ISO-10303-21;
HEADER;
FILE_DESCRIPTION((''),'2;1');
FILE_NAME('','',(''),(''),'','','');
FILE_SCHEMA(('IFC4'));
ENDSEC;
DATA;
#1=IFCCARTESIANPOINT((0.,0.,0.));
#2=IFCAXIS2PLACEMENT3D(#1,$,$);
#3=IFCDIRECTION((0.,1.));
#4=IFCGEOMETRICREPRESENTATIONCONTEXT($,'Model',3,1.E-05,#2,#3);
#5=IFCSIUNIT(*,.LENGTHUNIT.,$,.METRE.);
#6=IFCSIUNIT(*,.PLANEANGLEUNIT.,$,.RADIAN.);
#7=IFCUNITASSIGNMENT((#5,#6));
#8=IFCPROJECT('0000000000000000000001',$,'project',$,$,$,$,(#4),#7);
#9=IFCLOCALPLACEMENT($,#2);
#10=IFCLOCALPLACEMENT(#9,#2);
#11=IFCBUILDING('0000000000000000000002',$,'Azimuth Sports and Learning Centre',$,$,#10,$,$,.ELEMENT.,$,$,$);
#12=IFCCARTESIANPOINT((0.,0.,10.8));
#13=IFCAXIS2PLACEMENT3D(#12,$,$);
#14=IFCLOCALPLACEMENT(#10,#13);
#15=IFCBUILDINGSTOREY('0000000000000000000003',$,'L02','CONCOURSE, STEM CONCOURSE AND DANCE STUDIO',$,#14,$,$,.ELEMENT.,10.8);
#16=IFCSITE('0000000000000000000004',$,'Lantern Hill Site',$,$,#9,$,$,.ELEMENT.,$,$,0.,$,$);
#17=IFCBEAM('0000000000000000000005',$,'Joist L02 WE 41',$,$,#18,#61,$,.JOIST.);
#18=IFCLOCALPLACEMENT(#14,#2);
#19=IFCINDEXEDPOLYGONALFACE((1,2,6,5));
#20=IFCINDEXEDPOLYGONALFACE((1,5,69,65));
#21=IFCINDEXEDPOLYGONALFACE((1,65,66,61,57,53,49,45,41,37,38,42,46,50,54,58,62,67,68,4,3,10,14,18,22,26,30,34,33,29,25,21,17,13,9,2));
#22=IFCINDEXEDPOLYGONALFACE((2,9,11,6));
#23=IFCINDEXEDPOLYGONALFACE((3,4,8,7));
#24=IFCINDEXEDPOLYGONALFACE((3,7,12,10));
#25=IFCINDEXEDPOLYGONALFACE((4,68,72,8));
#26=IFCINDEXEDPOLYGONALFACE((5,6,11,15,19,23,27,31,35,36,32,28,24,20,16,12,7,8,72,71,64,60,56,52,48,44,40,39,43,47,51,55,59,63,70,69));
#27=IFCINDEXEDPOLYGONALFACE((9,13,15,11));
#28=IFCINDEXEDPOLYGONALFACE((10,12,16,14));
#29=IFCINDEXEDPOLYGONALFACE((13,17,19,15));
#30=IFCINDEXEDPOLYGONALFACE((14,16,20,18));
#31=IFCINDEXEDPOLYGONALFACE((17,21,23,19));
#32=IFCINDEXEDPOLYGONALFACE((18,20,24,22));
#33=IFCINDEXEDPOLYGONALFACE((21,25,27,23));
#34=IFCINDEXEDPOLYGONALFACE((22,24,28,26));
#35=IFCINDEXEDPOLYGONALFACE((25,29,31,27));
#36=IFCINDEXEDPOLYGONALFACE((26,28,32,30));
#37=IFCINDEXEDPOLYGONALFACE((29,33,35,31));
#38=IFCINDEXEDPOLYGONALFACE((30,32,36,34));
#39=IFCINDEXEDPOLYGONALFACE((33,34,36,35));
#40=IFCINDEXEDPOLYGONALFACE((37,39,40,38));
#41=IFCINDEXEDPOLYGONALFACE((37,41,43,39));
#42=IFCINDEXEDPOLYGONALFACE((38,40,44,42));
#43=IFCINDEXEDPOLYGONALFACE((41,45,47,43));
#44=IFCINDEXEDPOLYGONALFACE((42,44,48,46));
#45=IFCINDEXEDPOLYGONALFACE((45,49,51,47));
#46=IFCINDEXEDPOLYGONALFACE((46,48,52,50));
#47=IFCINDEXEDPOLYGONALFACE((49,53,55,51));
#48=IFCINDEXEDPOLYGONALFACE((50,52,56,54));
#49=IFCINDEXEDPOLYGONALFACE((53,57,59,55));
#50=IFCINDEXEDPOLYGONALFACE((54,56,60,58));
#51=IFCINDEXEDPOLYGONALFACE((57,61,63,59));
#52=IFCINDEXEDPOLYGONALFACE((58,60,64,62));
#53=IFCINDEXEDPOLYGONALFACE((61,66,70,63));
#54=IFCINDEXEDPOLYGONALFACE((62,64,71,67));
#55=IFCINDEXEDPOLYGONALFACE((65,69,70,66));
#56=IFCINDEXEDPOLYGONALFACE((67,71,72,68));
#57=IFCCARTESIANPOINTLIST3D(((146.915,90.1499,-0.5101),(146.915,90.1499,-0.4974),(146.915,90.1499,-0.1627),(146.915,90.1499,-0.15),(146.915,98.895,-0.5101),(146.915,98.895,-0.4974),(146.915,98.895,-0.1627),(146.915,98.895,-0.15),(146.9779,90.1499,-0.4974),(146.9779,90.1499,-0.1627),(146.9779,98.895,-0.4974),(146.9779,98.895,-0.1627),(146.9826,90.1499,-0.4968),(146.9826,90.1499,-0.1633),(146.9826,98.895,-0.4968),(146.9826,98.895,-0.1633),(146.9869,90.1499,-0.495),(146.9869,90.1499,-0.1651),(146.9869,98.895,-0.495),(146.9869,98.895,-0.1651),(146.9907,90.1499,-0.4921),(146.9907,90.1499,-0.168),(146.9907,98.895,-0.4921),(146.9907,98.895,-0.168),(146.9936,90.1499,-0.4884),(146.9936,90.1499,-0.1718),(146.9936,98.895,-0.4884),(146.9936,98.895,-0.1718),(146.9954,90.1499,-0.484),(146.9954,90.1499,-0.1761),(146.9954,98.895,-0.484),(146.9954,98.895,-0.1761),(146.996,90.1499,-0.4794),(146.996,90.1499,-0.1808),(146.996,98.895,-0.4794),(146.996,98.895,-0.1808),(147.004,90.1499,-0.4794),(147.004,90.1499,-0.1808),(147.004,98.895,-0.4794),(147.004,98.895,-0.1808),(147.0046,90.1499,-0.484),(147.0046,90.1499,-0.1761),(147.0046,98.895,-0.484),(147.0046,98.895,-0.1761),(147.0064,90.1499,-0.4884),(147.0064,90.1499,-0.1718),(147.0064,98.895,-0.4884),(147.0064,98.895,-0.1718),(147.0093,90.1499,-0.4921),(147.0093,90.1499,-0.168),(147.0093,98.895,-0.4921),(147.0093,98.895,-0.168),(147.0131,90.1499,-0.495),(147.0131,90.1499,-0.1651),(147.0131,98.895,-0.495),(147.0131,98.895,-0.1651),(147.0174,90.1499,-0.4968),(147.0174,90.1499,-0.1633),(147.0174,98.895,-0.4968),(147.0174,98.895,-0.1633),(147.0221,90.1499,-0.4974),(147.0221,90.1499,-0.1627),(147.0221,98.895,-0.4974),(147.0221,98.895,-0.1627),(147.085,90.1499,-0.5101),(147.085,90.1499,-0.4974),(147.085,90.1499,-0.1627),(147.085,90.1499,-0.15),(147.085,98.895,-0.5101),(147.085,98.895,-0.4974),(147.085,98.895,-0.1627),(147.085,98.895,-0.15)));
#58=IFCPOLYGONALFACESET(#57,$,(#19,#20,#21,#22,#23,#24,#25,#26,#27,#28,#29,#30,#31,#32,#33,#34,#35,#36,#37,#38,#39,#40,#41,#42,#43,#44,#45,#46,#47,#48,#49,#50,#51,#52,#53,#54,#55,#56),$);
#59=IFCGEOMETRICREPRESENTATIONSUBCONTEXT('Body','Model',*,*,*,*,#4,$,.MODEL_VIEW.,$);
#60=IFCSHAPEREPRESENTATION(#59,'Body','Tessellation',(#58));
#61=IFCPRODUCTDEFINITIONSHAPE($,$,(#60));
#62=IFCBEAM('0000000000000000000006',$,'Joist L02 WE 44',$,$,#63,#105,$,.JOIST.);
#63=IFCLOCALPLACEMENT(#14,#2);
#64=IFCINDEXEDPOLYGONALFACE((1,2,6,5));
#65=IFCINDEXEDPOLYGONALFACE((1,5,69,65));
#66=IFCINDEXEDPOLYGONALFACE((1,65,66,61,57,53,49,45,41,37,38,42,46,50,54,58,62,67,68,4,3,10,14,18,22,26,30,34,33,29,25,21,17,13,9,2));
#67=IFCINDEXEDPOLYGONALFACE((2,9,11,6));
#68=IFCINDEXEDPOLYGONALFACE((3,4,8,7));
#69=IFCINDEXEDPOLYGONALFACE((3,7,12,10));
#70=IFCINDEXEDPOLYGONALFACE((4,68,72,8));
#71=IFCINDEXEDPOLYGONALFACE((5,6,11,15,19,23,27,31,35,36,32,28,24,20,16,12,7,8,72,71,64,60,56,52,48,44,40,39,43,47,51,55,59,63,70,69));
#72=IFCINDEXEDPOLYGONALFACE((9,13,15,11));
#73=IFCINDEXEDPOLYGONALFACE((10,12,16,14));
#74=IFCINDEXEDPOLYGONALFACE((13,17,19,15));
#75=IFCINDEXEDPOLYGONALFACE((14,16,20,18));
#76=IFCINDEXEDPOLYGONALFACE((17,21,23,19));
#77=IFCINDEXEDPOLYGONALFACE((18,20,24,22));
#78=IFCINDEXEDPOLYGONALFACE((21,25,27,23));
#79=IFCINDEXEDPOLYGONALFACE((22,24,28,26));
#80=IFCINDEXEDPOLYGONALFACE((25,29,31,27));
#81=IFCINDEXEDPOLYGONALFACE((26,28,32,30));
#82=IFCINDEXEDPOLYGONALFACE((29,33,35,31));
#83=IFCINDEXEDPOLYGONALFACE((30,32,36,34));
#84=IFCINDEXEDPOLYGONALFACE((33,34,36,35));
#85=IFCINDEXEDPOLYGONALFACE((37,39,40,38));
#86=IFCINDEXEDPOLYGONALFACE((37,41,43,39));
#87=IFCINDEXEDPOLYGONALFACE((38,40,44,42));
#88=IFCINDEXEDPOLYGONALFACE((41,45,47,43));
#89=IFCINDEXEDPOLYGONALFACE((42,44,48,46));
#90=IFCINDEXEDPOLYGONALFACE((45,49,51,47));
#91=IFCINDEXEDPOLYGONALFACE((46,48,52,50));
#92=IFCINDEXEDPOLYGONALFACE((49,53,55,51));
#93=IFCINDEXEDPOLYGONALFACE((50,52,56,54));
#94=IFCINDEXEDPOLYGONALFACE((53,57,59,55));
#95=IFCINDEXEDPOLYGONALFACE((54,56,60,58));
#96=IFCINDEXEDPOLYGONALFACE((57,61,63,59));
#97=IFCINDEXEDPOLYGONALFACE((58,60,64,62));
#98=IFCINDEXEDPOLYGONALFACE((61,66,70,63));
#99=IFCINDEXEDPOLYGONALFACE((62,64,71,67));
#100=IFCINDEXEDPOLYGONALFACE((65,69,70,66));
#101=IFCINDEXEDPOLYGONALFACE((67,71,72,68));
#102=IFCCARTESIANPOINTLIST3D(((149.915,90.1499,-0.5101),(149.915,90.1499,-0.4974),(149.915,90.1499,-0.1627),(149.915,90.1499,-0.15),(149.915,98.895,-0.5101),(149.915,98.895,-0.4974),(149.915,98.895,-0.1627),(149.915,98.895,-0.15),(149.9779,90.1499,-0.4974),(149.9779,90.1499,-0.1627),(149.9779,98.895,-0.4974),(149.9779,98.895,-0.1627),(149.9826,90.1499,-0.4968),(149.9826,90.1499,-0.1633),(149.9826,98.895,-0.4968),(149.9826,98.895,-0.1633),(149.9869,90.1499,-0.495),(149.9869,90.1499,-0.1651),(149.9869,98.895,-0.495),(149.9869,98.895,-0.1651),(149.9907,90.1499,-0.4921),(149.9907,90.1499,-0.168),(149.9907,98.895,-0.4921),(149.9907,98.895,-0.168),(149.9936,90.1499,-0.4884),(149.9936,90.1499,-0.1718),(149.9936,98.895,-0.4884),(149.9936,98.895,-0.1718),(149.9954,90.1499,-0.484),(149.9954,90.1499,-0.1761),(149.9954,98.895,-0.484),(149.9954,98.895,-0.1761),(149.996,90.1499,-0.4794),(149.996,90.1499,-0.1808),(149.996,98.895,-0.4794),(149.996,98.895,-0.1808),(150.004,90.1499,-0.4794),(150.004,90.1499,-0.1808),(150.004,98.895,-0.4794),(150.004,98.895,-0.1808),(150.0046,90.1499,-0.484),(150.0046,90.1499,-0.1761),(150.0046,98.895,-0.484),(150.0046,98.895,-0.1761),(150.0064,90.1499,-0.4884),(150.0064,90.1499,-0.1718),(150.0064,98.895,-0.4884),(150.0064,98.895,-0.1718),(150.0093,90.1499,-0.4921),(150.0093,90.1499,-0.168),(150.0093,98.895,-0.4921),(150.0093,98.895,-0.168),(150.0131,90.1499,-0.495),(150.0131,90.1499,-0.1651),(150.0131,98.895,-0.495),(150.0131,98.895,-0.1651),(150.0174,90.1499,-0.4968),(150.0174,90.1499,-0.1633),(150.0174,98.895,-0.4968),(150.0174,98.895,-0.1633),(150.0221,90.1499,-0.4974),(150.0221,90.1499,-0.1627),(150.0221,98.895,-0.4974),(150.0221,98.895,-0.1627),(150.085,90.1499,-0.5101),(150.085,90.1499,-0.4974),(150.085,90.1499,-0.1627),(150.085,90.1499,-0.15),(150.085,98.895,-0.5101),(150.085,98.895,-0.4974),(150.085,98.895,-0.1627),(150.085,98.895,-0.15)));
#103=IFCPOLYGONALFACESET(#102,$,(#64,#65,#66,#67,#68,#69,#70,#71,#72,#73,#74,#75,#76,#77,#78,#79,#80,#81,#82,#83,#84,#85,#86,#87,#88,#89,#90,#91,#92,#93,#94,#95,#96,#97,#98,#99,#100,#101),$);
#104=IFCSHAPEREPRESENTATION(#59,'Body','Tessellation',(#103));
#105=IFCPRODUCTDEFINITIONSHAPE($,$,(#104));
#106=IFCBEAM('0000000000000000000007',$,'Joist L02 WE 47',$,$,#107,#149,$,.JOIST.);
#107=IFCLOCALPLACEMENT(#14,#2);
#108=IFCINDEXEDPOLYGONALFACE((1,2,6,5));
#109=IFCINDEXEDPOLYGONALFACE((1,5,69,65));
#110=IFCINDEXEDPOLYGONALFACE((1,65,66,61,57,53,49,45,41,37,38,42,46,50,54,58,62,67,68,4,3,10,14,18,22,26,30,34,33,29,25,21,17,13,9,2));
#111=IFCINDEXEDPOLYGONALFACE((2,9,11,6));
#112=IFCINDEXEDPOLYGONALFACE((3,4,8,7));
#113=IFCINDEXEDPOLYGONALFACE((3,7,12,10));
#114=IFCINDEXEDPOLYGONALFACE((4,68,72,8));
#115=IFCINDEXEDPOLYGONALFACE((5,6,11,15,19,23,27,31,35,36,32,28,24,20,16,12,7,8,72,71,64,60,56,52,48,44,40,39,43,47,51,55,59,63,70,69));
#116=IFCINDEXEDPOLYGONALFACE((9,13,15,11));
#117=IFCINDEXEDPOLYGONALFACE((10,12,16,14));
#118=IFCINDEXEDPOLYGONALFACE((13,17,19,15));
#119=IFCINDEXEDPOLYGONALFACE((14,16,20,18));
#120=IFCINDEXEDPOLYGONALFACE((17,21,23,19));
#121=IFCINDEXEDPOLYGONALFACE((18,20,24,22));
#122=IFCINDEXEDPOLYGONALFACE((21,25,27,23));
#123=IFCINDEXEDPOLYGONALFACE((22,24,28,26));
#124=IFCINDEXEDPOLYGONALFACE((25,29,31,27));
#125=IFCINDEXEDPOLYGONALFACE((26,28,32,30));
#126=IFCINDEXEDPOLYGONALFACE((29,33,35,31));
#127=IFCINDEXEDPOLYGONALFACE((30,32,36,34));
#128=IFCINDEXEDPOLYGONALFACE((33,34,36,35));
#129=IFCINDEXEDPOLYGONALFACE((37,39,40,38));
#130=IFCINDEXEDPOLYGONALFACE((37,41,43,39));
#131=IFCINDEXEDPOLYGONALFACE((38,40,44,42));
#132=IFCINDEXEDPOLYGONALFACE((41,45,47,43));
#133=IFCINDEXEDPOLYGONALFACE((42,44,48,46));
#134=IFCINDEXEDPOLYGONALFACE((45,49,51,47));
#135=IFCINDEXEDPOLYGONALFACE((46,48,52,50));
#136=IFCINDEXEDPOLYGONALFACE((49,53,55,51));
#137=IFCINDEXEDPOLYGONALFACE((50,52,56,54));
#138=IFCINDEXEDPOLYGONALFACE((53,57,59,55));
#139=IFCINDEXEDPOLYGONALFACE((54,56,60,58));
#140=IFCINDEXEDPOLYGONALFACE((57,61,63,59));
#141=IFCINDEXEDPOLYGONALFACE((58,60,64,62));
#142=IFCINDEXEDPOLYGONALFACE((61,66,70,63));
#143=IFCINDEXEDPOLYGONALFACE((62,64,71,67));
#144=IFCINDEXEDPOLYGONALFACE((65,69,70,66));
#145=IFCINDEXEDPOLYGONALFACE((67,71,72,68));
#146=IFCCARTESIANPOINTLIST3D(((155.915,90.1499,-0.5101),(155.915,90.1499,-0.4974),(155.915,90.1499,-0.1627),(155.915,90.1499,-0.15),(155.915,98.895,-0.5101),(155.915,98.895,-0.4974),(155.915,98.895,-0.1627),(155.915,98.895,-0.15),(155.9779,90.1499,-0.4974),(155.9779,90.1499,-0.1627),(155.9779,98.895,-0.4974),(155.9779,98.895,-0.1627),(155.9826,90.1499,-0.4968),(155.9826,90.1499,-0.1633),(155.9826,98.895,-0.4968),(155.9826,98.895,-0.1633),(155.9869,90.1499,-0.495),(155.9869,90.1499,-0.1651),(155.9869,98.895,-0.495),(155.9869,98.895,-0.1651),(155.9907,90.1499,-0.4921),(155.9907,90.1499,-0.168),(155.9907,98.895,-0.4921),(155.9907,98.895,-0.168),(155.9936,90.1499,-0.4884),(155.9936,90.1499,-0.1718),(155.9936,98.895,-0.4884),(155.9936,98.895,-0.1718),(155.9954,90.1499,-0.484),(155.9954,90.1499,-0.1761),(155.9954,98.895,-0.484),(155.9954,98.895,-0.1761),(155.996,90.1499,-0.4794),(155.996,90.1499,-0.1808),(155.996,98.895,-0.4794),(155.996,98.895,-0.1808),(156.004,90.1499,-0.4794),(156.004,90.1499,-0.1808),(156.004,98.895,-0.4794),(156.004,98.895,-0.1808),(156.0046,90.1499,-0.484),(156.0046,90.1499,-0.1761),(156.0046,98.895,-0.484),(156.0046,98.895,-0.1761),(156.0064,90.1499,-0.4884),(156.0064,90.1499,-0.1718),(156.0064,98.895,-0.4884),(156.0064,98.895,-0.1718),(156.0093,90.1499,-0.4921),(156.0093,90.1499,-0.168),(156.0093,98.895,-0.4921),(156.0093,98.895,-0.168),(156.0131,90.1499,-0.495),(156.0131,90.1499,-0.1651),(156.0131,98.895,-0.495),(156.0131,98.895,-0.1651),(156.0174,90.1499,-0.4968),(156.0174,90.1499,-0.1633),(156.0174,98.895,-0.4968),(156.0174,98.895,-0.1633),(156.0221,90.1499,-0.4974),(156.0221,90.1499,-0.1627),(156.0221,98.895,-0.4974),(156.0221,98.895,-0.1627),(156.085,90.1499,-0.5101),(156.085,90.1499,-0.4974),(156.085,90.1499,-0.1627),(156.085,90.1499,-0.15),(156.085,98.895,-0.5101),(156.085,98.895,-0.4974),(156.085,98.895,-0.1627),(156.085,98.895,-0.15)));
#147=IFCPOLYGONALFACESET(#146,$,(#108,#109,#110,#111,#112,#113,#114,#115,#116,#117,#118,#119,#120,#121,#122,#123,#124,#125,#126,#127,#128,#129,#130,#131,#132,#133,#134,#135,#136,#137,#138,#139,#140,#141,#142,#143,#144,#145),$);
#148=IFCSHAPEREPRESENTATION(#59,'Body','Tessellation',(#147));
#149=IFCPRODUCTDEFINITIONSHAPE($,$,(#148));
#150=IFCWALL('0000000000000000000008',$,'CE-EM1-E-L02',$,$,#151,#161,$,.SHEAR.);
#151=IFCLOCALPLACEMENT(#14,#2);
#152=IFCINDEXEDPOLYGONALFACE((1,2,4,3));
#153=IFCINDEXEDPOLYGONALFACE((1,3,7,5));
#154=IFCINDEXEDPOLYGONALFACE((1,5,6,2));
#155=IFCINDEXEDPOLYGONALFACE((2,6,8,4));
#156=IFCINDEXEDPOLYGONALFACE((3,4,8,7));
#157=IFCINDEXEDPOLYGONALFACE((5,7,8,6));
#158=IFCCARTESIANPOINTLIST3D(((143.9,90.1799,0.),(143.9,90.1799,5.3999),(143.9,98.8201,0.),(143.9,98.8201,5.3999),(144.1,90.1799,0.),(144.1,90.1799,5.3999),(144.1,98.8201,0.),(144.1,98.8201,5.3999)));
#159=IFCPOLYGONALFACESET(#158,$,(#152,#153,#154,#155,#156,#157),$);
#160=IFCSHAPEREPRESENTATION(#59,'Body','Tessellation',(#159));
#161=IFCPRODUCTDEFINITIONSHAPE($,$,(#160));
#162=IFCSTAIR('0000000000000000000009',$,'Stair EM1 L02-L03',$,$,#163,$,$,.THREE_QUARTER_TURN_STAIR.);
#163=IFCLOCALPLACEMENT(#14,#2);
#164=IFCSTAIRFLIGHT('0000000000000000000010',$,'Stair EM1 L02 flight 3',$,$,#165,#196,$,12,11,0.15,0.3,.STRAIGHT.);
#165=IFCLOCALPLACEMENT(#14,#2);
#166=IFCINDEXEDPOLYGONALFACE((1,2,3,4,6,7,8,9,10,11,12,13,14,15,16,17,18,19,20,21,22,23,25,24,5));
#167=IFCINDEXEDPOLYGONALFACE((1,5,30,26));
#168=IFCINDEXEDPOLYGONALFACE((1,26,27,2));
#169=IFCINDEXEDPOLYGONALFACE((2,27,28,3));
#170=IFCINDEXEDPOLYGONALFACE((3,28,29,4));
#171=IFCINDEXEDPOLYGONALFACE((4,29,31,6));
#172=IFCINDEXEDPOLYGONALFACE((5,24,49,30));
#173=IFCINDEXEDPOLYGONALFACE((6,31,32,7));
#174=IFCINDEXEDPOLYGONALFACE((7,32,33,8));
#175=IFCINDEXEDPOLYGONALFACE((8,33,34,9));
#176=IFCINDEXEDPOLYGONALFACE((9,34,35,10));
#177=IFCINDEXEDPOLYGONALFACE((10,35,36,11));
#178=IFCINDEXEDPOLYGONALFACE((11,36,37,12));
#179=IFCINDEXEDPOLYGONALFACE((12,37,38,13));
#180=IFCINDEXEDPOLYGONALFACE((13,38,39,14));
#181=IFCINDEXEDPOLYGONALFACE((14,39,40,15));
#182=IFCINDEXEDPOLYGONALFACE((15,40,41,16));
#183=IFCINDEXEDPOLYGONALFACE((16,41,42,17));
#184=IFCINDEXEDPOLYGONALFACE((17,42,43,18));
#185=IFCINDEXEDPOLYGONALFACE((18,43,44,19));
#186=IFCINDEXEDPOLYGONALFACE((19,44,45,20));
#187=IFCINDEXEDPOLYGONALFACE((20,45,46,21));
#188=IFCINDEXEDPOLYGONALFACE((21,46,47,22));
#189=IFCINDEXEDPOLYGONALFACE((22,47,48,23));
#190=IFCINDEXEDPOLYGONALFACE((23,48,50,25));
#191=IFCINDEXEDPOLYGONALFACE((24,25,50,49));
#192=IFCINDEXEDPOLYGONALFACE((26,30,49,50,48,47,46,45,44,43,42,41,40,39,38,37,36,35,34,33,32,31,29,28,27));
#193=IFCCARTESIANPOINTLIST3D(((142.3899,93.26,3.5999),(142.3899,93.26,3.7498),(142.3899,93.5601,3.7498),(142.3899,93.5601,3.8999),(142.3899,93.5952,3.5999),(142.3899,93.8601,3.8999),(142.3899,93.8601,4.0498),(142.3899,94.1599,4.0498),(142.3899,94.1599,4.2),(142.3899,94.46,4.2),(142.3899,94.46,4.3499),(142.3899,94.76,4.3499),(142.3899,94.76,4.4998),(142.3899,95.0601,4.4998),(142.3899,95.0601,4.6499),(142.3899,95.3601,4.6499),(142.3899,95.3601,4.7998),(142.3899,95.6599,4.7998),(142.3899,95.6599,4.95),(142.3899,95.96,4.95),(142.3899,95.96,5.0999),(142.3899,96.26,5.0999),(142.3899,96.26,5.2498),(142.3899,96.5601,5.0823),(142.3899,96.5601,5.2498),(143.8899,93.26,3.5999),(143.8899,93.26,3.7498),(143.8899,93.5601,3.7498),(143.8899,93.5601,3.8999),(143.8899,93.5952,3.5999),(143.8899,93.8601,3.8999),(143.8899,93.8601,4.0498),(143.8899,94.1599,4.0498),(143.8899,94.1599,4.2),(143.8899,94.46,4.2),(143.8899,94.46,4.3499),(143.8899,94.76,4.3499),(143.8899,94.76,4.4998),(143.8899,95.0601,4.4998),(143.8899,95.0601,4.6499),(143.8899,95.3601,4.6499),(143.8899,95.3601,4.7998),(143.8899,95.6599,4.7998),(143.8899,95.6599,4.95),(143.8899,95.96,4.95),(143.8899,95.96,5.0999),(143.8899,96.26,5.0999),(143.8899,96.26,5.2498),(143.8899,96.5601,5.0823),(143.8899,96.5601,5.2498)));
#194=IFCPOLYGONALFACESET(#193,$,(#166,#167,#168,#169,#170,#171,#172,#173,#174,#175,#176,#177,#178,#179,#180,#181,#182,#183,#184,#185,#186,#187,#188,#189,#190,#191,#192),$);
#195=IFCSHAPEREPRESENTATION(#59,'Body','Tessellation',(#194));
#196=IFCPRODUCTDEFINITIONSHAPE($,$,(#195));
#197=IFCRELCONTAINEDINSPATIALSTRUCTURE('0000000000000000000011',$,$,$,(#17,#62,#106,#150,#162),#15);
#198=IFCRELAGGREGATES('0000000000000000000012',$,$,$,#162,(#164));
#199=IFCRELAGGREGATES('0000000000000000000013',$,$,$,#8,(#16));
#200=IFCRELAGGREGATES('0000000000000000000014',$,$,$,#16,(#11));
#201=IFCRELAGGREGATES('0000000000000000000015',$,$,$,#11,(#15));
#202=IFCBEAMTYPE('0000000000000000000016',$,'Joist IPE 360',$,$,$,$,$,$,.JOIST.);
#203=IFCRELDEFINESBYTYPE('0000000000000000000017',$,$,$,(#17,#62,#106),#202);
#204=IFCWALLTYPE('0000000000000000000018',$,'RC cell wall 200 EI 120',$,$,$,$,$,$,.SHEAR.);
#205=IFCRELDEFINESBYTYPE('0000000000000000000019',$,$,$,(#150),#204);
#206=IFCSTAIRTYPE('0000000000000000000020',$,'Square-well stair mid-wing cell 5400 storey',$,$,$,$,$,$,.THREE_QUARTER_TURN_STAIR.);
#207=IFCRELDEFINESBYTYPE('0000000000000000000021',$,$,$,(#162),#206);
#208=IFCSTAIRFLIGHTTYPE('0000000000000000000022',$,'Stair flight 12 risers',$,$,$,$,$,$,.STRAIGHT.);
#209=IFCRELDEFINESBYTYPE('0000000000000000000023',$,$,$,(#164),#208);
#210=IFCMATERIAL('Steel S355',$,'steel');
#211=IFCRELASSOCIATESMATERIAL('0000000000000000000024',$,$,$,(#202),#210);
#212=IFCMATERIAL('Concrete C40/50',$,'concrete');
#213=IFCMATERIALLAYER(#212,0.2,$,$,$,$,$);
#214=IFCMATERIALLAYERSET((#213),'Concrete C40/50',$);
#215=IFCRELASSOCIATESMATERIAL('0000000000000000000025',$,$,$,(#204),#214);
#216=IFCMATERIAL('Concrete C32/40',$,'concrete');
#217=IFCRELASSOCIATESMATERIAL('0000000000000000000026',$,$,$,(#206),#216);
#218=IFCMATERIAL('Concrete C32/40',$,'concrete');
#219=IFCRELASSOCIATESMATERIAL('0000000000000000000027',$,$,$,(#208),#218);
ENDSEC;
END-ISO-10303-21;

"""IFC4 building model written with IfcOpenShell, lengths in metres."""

from ifc_helpers import new_model, si_unit, direction, frame, frame_2d, origin, origin_2d, place, context, subcontext, project, spatial, polyline, rectangle, i_section, outline, extrude, material, layer, layer_set, material_profile, profile_set, type_object, element, aggregate, save


model = new_model("IFC4")

# Units and contexts
model_context = context("Model", 3, precision=1e-05, world=origin(), true_north=direction((0.0, 1.0)))
body_context = subcontext(model_context, "Body", "Model", "MODEL_VIEW")
ifc_project = project(units=[si_unit("LENGTHUNIT", "METRE"), si_unit("PLANEANGLEUNIT", "RADIAN")], contexts=[model_context])

# Site, building, storey
site_placement = place(None, origin())
site = spatial("IfcSite", under=ifc_project, at=site_placement, Name="Lantern Hill Site", CompositionType="ELEMENT", RefElevation=0.0)
building_placement = place(site_placement, origin())
building = spatial("IfcBuilding", under=site, at=building_placement, Name="Azimuth Sports and Learning Centre", CompositionType="ELEMENT")
storey_placement = place(building_placement, frame((0.0, 0.0, 10.8)))
storey = spatial("IfcBuildingStorey", under=building, at=storey_placement, Name="L02", Description="CONCOURSE, STEM CONCOURSE AND DANCE STUDIO", CompositionType="ELEMENT", Elevation=10.8)

# Beams
ifc_material_1 = material(Name="Steel S355", Category="steel")
ifc_material_profile_1 = material_profile(ifc_material_1, i_section(OverallWidth=0.1699, OverallDepth=0.3601, WebThickness=0.0081, FlangeThickness=0.0127, FilletRadius=0.0181, at=origin_2d()), Name="IPE 360")
ifc_profile_set_1 = profile_set([ifc_material_profile_1], Name="Steel S355")
beam_type_1 = type_object("IfcBeamType", Name="Joist IPE 360", PredefinedType="JOIST", material=ifc_profile_set_1)
for number, where, z_axis, x_axis, name in (
    (1, (147.0, 90.1499, -0.3301), (0.0, 1.0, 0.0), (-1.0, 0.0, 0.0), "Joist L02 WE 41"),
    (2, (150.0, 90.1499, -0.3301), (0.0, 1.0, 0.0), (-1.0, 0.0, 0.0), "Joist L02 WE 44"),
    (3, (156.0, 90.1499, -0.3301), (0.0, 1.0, 0.0), (-1.0, 0.0, 0.0), "Joist L02 WE 47"),
):
    element("IfcBeam", number, at=place(storey_placement, frame(where, z_axis=z_axis, x_axis=x_axis)), inside=storey, type_object=beam_type_1, Name=name, PredefinedType="JOIST", context=body_context, shape_type="SweptSolid", body=[
        extrude(i_section(OverallWidth=0.1699, OverallDepth=0.3601, WebThickness=0.0081, FlangeThickness=0.0127, FilletRadius=0.0181, at=origin_2d()), origin(), (0.0, 0.0, 1.0), 8.7451),
    ])

# Wall
ifc_material_2 = material(Name="Concrete C40/50", Category="concrete")
ifc_layer = layer(ifc_material_2, 0.2)
ifc_layer_set = layer_set([ifc_layer], Name="Concrete C40/50")
wall_type = type_object("IfcWallType", Name="RC cell wall 200 EI 120", PredefinedType="SHEAR", material=ifc_layer_set)
wall_placement = place(storey_placement, frame((144.0, 90.1799, 0.0), z_axis=(0.0, 0.0, 1.0), x_axis=(0.0, 1.0, 0.0)))
element("IfcWall", 4, at=wall_placement, inside=storey, type_object=wall_type, Name="CE-EM1-E-L02", PredefinedType="SHEAR", context=body_context, shape_type="SweptSolid", body=[
    extrude(rectangle(XDim=8.6401, YDim=0.2, at=frame_2d((4.3201, 0.0))), origin(), (0.0, 0.0, 1.0), 5.3999),
])

# Stair, stair flight
ifc_material_3 = material(Name="Concrete C32/40", Category="concrete")
stair_type = type_object("IfcStairType", Name="Square-well stair mid-wing cell 5400 storey", PredefinedType="THREE_QUARTER_TURN_STAIR", material=ifc_material_3)
stair_placement = place(storey_placement, origin())
stair = element("IfcStair", 5, at=stair_placement, inside=storey, type_object=stair_type, Name="Stair EM1 L02-L03", PredefinedType="THREE_QUARTER_TURN_STAIR")
ifc_material_4 = material(Name="Concrete C32/40", Category="concrete")
stair_flight_type = type_object("IfcStairFlightType", Name="Stair flight 12 risers", PredefinedType="STRAIGHT", material=ifc_material_4)
stair_flight_placement = place(storey_placement, frame((143.1399, 93.26, 3.5999), z_axis=(0.0, 0.0, 1.0), x_axis=(0.0, 1.0, 0.0)))
stair_flight = element("IfcStairFlight", 6, at=stair_flight_placement, type_object=stair_flight_type, Name="Stair EM1 L02 flight 3", NumberOfRisers=12, NumberOfTreads=11, PredefinedType="STRAIGHT", RiserHeight=0.15, TreadLength=0.3, context=body_context, shape_type="SweptSolid", body=[
    extrude(outline(polyline([(0.0, 0.0), (0.0, 0.1499), (0.3, 0.1499), (0.3, 0.3), (0.6001, 0.3), (0.6001, 0.45), (0.8999, 0.45), (0.8999, 0.6001), (1.2, 0.6001), (1.2, 0.75), (1.5, 0.75), (1.5, 0.8999), (1.8, 0.8999), (1.8, 1.05), (2.1001, 1.05), (2.1001, 1.2), (2.3999, 1.2), (2.3999, 1.3501), (2.7, 1.3501), (2.7, 1.5), (3.0, 1.5), (3.0, 1.6499), (3.3, 1.6499), (3.3, 1.8), (3.3, 1.4824), (0.3352, 0.0), (0.0, 0.0)])), frame((0.0, 0.75, 0.0), z_axis=(0.0, -1.0, 0.0), x_axis=(1.0, 0.0, 0.0)), (0.0, 0.0, 1.0), 1.5),
])
aggregate(stair, [stair_flight])

save(model, "model.ifc")
